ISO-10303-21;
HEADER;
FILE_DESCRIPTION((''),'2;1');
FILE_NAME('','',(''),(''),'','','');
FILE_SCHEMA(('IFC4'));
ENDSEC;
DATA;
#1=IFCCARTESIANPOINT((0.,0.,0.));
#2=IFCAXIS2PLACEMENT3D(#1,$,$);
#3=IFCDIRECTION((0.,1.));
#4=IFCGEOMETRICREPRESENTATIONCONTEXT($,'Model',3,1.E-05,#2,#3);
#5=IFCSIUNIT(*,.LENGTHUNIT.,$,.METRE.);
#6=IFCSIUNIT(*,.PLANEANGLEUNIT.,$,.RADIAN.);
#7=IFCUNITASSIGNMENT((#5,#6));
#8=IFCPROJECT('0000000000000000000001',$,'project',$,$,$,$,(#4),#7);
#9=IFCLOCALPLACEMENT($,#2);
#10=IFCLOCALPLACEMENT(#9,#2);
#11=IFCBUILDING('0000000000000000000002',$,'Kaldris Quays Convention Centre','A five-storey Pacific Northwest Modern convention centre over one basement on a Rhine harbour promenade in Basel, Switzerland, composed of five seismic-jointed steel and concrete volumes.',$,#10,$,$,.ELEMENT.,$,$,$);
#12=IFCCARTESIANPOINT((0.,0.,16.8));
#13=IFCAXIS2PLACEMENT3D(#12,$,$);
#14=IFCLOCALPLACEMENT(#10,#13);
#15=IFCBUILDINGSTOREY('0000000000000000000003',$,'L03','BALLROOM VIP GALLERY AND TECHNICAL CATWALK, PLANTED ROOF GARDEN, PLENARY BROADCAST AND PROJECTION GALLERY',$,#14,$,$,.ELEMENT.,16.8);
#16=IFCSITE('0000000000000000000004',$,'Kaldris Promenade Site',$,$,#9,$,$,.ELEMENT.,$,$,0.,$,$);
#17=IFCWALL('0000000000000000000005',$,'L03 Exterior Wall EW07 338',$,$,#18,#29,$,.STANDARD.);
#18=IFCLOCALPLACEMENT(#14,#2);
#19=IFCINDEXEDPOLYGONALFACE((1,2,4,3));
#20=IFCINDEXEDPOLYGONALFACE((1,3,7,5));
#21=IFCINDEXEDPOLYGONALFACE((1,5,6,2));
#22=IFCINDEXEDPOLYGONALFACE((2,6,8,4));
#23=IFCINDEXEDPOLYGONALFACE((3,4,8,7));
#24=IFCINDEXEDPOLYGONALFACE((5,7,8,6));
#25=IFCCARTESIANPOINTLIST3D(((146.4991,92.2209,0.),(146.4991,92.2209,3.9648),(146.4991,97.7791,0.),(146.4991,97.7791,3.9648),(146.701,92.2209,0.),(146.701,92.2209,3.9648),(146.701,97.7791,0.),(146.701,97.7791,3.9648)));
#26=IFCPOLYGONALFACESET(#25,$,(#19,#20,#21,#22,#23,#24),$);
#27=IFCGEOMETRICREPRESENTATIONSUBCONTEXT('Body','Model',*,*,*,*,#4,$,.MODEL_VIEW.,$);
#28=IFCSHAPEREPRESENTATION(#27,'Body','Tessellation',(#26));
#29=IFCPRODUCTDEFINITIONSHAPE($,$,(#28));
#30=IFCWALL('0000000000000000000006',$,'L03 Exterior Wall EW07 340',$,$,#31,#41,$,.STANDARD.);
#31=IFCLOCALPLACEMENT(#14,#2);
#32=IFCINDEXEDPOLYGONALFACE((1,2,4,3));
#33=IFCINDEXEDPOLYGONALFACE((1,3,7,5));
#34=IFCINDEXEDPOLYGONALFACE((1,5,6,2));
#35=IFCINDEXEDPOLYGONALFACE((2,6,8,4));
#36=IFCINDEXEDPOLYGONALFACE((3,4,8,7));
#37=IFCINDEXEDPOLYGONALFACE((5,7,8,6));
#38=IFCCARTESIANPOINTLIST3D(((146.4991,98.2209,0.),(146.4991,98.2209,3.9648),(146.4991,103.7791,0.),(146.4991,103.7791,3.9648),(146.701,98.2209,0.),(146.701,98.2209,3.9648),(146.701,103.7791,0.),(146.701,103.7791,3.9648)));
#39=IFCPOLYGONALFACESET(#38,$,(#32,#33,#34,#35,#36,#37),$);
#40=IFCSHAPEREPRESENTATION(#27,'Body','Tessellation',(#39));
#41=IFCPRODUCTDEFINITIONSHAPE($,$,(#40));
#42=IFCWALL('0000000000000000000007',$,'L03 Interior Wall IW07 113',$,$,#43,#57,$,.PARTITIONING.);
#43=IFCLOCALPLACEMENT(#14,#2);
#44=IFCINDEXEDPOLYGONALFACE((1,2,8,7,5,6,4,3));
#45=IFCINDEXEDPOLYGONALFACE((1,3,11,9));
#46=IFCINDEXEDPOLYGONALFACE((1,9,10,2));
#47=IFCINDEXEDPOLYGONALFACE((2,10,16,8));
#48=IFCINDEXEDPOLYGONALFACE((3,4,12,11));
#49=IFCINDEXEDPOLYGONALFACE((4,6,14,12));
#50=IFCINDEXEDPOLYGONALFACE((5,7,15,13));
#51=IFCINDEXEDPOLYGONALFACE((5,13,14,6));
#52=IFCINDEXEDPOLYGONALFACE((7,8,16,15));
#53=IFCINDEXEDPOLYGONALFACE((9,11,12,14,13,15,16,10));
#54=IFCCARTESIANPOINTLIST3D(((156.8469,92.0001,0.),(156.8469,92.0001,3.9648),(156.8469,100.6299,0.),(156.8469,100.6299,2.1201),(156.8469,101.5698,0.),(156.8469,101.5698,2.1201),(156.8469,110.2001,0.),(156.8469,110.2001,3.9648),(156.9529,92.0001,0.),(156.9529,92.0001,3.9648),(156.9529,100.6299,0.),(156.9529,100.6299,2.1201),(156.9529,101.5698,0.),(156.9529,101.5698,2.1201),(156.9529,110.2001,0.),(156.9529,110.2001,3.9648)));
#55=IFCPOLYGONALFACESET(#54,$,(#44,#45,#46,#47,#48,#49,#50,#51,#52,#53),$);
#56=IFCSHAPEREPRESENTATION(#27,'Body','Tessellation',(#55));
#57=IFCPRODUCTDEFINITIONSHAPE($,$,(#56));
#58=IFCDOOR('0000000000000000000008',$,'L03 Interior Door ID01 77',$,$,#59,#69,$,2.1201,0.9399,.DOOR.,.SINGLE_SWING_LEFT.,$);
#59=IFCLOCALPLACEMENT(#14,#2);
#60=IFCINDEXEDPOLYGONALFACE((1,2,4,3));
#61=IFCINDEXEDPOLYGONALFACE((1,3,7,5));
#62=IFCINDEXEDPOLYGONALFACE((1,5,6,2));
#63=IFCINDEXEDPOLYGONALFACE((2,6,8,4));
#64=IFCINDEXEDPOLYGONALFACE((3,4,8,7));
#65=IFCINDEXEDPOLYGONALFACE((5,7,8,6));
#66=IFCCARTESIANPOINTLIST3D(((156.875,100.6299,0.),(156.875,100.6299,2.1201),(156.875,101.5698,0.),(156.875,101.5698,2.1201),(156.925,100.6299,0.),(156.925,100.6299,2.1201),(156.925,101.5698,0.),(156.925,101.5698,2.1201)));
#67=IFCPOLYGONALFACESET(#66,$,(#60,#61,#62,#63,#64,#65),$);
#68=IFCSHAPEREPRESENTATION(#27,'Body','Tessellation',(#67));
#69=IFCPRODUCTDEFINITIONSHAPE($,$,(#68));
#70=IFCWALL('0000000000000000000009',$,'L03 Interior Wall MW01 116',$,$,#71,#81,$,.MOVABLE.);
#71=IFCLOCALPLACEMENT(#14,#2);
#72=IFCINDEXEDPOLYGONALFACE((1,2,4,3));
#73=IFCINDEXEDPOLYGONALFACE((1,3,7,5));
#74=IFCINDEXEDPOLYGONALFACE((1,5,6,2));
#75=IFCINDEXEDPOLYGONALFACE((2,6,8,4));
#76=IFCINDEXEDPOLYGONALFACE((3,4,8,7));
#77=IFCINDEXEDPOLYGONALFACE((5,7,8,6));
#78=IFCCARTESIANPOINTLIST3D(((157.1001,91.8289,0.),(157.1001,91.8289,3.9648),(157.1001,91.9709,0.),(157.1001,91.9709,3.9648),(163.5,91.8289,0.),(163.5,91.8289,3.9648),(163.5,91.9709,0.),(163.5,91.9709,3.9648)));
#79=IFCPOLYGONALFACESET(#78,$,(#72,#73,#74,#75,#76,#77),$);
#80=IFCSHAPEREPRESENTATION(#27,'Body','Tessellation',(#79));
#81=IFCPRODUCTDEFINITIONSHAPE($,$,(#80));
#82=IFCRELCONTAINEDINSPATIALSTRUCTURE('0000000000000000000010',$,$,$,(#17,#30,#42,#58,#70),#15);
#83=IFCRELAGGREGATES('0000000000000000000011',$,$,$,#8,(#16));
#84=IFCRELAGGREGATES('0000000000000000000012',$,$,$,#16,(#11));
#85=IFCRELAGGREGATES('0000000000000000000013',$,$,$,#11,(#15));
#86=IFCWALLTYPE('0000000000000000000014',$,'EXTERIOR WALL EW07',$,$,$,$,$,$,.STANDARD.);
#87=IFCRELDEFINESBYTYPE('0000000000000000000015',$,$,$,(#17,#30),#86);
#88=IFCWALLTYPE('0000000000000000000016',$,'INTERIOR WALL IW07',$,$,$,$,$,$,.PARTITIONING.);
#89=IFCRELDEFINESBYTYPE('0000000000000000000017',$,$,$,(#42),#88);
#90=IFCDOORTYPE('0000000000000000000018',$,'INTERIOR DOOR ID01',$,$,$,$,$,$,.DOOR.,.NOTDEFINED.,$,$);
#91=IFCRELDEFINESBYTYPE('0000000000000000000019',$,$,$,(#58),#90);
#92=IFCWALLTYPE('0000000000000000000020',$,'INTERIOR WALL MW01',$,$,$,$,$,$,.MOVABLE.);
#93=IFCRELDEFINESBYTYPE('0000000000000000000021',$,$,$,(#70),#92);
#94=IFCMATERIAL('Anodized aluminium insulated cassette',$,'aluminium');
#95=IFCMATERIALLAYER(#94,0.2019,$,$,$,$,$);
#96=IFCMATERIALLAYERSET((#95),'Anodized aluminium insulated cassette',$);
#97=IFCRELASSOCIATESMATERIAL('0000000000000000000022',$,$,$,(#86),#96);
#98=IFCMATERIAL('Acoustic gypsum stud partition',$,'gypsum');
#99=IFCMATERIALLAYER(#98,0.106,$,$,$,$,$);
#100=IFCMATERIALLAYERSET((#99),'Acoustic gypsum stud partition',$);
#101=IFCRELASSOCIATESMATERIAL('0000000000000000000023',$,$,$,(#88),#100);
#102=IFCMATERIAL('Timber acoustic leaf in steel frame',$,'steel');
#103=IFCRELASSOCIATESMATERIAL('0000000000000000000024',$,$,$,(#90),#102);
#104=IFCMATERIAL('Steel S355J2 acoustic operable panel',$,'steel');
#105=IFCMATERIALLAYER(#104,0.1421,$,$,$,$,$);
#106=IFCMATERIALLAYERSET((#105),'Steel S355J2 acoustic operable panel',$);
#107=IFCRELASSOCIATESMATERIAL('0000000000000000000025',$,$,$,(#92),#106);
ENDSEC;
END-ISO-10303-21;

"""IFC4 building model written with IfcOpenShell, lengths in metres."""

from ifc_helpers import new_model, si_unit, direction, frame, frame_2d, origin, place, context, subcontext, project, spatial, rectangle, extrude, material, layer, layer_set, type_object, element, fill, save


model = new_model("IFC4")

# Units and contexts
model_context = context("Model", 3, precision=1e-05, world=origin(), true_north=direction((0.0, 1.0)))
body_context = subcontext(model_context, "Body", "Model", "MODEL_VIEW")
ifc_project = project(units=[si_unit("LENGTHUNIT", "METRE"), si_unit("PLANEANGLEUNIT", "RADIAN")], contexts=[model_context])

# Site, building, storey
site_placement = place(None, origin())
site = spatial("IfcSite", under=ifc_project, at=site_placement, Name="Kaldris Promenade Site", CompositionType="ELEMENT", RefElevation=0.0)
building_placement = place(site_placement, origin())
building = spatial("IfcBuilding", under=site, at=building_placement, Name="Kaldris Quays Convention Centre", Description="A five-storey Pacific Northwest Modern convention centre over one basement on a Rhine harbour promenade in Basel, Switzerland, composed of five seismic-jointed steel and concrete volumes.", CompositionType="ELEMENT")
storey_placement = place(building_placement, frame((0.0, 0.0, 16.8)))
storey = spatial("IfcBuildingStorey", under=building, at=storey_placement, Name="L03", Description="BALLROOM VIP GALLERY AND TECHNICAL CATWALK, PLANTED ROOF GARDEN, PLENARY BROADCAST AND PROJECTION GALLERY", CompositionType="ELEMENT", Elevation=16.8)

# Walls
ifc_material_1 = material(Name="Anodized aluminium insulated cassette", Category="aluminium")
ifc_layer_1 = layer(ifc_material_1, 0.2019)
ifc_layer_set_1 = layer_set([ifc_layer_1], Name="Anodized aluminium insulated cassette")
wall_type_1 = type_object("IfcWallType", Name="EXTERIOR WALL EW07", PredefinedType="STANDARD", material=ifc_layer_set_1)
for number, where, z_axis, x_axis, name in (
    (1, (146.6001, 92.2209, 0.0), (0.0, 0.0, 1.0), (0.0, 1.0, 0.0), "L03 Exterior Wall EW07 338"),
    (2, (146.6001, 98.2209, 0.0), (0.0, 0.0, 1.0), (0.0, 1.0, 0.0), "L03 Exterior Wall EW07 340"),
):
    element("IfcWall", number, at=place(storey_placement, frame(where, z_axis=z_axis, x_axis=x_axis)), inside=storey, type_object=wall_type_1, Name=name, PredefinedType="STANDARD", context=body_context, shape_type="SweptSolid", body=[
        extrude(rectangle(XDim=5.5581, YDim=0.2019, at=frame_2d((2.7791, 0.0))), origin(), (0.0, 0.0, 1.0), 3.9648),
    ])

# Wall, opening, door
ifc_material_2 = material(Name="Acoustic gypsum stud partition", Category="gypsum")
ifc_layer_2 = layer(ifc_material_2, 0.106)
ifc_layer_set_2 = layer_set([ifc_layer_2], Name="Acoustic gypsum stud partition")
wall_type_2 = type_object("IfcWallType", Name="INTERIOR WALL IW07", PredefinedType="PARTITIONING", material=ifc_layer_set_2)
wall_1_placement = place(storey_placement, frame((156.8999, 92.0, 0.0), z_axis=(0.0, 0.0, 1.0), x_axis=(0.0, 1.0, 0.0)))
wall_1 = element("IfcWall", 3, at=wall_1_placement, inside=storey, type_object=wall_type_2, Name="L03 Interior Wall IW07 113", PredefinedType="PARTITIONING", context=body_context, shape_type="SweptSolid", body=[
    extrude(rectangle(XDim=18.2, YDim=0.106, at=frame_2d((9.1001, 0.0))), origin(), (0.0, 0.0, 1.0), 3.9648),
])
opening_placement = place(wall_1_placement, frame((8.6299, 0.0, 0.0)))
opening = element("IfcOpeningElement", 4, at=opening_placement, cuts=wall_1, PredefinedType="OPENING", context=body_context, shape_type="SweptSolid", body=[
    extrude(rectangle(XDim=0.9399, YDim=2.1201, at=frame_2d((0.47, 1.0601))), frame((0.0, 0.063, 0.0), z_axis=(0.0, -1.0, 0.0), x_axis=(1.0, 0.0, 0.0)), (0.0, 0.0, 1.0), 0.126),
])
ifc_material_3 = material(Name="Timber acoustic leaf in steel frame", Category="steel")
door_type = type_object("IfcDoorType", Name="INTERIOR DOOR ID01", OperationType="NOTDEFINED", PredefinedType="DOOR", material=ifc_material_3)
door_placement = place(opening_placement, origin())
door = element("IfcDoor", 5, at=door_placement, inside=storey, type_object=door_type, Name="L03 Interior Door ID01 77", OperationType="SINGLE_SWING_LEFT", OverallHeight=2.1201, OverallWidth=0.9399, PredefinedType="DOOR", context=body_context, shape_type="SweptSolid", body=[
    extrude(rectangle(XDim=0.9399, YDim=2.1201, at=frame_2d((0.47, 1.0601))), frame((0.0, 0.0249, 0.0), z_axis=(0.0, -1.0, 0.0), x_axis=(1.0, 0.0, 0.0)), (0.0, 0.0, 1.0), 0.05),
])
fill(opening, door)

# Wall
ifc_material_4 = material(Name="Steel S355J2 acoustic operable panel", Category="steel")
ifc_layer_3 = layer(ifc_material_4, 0.1421)
ifc_layer_set_3 = layer_set([ifc_layer_3], Name="Steel S355J2 acoustic operable panel")
wall_type_3 = type_object("IfcWallType", Name="INTERIOR WALL MW01", PredefinedType="MOVABLE", material=ifc_layer_set_3)
wall_2_placement = place(storey_placement, frame((157.1001, 91.8999, 0.0), z_axis=(0.0, 0.0, 1.0), x_axis=(1.0, 0.0, 0.0)))
element("IfcWall", 6, at=wall_2_placement, inside=storey, type_object=wall_type_3, Name="L03 Interior Wall MW01 116", PredefinedType="MOVABLE", context=body_context, shape_type="SweptSolid", body=[
    extrude(rectangle(XDim=6.3999, YDim=0.1421, at=frame_2d((3.2, 0.0))), origin(), (0.0, 0.0, 1.0), 3.9648),
])

save(model, "model.ifc")
